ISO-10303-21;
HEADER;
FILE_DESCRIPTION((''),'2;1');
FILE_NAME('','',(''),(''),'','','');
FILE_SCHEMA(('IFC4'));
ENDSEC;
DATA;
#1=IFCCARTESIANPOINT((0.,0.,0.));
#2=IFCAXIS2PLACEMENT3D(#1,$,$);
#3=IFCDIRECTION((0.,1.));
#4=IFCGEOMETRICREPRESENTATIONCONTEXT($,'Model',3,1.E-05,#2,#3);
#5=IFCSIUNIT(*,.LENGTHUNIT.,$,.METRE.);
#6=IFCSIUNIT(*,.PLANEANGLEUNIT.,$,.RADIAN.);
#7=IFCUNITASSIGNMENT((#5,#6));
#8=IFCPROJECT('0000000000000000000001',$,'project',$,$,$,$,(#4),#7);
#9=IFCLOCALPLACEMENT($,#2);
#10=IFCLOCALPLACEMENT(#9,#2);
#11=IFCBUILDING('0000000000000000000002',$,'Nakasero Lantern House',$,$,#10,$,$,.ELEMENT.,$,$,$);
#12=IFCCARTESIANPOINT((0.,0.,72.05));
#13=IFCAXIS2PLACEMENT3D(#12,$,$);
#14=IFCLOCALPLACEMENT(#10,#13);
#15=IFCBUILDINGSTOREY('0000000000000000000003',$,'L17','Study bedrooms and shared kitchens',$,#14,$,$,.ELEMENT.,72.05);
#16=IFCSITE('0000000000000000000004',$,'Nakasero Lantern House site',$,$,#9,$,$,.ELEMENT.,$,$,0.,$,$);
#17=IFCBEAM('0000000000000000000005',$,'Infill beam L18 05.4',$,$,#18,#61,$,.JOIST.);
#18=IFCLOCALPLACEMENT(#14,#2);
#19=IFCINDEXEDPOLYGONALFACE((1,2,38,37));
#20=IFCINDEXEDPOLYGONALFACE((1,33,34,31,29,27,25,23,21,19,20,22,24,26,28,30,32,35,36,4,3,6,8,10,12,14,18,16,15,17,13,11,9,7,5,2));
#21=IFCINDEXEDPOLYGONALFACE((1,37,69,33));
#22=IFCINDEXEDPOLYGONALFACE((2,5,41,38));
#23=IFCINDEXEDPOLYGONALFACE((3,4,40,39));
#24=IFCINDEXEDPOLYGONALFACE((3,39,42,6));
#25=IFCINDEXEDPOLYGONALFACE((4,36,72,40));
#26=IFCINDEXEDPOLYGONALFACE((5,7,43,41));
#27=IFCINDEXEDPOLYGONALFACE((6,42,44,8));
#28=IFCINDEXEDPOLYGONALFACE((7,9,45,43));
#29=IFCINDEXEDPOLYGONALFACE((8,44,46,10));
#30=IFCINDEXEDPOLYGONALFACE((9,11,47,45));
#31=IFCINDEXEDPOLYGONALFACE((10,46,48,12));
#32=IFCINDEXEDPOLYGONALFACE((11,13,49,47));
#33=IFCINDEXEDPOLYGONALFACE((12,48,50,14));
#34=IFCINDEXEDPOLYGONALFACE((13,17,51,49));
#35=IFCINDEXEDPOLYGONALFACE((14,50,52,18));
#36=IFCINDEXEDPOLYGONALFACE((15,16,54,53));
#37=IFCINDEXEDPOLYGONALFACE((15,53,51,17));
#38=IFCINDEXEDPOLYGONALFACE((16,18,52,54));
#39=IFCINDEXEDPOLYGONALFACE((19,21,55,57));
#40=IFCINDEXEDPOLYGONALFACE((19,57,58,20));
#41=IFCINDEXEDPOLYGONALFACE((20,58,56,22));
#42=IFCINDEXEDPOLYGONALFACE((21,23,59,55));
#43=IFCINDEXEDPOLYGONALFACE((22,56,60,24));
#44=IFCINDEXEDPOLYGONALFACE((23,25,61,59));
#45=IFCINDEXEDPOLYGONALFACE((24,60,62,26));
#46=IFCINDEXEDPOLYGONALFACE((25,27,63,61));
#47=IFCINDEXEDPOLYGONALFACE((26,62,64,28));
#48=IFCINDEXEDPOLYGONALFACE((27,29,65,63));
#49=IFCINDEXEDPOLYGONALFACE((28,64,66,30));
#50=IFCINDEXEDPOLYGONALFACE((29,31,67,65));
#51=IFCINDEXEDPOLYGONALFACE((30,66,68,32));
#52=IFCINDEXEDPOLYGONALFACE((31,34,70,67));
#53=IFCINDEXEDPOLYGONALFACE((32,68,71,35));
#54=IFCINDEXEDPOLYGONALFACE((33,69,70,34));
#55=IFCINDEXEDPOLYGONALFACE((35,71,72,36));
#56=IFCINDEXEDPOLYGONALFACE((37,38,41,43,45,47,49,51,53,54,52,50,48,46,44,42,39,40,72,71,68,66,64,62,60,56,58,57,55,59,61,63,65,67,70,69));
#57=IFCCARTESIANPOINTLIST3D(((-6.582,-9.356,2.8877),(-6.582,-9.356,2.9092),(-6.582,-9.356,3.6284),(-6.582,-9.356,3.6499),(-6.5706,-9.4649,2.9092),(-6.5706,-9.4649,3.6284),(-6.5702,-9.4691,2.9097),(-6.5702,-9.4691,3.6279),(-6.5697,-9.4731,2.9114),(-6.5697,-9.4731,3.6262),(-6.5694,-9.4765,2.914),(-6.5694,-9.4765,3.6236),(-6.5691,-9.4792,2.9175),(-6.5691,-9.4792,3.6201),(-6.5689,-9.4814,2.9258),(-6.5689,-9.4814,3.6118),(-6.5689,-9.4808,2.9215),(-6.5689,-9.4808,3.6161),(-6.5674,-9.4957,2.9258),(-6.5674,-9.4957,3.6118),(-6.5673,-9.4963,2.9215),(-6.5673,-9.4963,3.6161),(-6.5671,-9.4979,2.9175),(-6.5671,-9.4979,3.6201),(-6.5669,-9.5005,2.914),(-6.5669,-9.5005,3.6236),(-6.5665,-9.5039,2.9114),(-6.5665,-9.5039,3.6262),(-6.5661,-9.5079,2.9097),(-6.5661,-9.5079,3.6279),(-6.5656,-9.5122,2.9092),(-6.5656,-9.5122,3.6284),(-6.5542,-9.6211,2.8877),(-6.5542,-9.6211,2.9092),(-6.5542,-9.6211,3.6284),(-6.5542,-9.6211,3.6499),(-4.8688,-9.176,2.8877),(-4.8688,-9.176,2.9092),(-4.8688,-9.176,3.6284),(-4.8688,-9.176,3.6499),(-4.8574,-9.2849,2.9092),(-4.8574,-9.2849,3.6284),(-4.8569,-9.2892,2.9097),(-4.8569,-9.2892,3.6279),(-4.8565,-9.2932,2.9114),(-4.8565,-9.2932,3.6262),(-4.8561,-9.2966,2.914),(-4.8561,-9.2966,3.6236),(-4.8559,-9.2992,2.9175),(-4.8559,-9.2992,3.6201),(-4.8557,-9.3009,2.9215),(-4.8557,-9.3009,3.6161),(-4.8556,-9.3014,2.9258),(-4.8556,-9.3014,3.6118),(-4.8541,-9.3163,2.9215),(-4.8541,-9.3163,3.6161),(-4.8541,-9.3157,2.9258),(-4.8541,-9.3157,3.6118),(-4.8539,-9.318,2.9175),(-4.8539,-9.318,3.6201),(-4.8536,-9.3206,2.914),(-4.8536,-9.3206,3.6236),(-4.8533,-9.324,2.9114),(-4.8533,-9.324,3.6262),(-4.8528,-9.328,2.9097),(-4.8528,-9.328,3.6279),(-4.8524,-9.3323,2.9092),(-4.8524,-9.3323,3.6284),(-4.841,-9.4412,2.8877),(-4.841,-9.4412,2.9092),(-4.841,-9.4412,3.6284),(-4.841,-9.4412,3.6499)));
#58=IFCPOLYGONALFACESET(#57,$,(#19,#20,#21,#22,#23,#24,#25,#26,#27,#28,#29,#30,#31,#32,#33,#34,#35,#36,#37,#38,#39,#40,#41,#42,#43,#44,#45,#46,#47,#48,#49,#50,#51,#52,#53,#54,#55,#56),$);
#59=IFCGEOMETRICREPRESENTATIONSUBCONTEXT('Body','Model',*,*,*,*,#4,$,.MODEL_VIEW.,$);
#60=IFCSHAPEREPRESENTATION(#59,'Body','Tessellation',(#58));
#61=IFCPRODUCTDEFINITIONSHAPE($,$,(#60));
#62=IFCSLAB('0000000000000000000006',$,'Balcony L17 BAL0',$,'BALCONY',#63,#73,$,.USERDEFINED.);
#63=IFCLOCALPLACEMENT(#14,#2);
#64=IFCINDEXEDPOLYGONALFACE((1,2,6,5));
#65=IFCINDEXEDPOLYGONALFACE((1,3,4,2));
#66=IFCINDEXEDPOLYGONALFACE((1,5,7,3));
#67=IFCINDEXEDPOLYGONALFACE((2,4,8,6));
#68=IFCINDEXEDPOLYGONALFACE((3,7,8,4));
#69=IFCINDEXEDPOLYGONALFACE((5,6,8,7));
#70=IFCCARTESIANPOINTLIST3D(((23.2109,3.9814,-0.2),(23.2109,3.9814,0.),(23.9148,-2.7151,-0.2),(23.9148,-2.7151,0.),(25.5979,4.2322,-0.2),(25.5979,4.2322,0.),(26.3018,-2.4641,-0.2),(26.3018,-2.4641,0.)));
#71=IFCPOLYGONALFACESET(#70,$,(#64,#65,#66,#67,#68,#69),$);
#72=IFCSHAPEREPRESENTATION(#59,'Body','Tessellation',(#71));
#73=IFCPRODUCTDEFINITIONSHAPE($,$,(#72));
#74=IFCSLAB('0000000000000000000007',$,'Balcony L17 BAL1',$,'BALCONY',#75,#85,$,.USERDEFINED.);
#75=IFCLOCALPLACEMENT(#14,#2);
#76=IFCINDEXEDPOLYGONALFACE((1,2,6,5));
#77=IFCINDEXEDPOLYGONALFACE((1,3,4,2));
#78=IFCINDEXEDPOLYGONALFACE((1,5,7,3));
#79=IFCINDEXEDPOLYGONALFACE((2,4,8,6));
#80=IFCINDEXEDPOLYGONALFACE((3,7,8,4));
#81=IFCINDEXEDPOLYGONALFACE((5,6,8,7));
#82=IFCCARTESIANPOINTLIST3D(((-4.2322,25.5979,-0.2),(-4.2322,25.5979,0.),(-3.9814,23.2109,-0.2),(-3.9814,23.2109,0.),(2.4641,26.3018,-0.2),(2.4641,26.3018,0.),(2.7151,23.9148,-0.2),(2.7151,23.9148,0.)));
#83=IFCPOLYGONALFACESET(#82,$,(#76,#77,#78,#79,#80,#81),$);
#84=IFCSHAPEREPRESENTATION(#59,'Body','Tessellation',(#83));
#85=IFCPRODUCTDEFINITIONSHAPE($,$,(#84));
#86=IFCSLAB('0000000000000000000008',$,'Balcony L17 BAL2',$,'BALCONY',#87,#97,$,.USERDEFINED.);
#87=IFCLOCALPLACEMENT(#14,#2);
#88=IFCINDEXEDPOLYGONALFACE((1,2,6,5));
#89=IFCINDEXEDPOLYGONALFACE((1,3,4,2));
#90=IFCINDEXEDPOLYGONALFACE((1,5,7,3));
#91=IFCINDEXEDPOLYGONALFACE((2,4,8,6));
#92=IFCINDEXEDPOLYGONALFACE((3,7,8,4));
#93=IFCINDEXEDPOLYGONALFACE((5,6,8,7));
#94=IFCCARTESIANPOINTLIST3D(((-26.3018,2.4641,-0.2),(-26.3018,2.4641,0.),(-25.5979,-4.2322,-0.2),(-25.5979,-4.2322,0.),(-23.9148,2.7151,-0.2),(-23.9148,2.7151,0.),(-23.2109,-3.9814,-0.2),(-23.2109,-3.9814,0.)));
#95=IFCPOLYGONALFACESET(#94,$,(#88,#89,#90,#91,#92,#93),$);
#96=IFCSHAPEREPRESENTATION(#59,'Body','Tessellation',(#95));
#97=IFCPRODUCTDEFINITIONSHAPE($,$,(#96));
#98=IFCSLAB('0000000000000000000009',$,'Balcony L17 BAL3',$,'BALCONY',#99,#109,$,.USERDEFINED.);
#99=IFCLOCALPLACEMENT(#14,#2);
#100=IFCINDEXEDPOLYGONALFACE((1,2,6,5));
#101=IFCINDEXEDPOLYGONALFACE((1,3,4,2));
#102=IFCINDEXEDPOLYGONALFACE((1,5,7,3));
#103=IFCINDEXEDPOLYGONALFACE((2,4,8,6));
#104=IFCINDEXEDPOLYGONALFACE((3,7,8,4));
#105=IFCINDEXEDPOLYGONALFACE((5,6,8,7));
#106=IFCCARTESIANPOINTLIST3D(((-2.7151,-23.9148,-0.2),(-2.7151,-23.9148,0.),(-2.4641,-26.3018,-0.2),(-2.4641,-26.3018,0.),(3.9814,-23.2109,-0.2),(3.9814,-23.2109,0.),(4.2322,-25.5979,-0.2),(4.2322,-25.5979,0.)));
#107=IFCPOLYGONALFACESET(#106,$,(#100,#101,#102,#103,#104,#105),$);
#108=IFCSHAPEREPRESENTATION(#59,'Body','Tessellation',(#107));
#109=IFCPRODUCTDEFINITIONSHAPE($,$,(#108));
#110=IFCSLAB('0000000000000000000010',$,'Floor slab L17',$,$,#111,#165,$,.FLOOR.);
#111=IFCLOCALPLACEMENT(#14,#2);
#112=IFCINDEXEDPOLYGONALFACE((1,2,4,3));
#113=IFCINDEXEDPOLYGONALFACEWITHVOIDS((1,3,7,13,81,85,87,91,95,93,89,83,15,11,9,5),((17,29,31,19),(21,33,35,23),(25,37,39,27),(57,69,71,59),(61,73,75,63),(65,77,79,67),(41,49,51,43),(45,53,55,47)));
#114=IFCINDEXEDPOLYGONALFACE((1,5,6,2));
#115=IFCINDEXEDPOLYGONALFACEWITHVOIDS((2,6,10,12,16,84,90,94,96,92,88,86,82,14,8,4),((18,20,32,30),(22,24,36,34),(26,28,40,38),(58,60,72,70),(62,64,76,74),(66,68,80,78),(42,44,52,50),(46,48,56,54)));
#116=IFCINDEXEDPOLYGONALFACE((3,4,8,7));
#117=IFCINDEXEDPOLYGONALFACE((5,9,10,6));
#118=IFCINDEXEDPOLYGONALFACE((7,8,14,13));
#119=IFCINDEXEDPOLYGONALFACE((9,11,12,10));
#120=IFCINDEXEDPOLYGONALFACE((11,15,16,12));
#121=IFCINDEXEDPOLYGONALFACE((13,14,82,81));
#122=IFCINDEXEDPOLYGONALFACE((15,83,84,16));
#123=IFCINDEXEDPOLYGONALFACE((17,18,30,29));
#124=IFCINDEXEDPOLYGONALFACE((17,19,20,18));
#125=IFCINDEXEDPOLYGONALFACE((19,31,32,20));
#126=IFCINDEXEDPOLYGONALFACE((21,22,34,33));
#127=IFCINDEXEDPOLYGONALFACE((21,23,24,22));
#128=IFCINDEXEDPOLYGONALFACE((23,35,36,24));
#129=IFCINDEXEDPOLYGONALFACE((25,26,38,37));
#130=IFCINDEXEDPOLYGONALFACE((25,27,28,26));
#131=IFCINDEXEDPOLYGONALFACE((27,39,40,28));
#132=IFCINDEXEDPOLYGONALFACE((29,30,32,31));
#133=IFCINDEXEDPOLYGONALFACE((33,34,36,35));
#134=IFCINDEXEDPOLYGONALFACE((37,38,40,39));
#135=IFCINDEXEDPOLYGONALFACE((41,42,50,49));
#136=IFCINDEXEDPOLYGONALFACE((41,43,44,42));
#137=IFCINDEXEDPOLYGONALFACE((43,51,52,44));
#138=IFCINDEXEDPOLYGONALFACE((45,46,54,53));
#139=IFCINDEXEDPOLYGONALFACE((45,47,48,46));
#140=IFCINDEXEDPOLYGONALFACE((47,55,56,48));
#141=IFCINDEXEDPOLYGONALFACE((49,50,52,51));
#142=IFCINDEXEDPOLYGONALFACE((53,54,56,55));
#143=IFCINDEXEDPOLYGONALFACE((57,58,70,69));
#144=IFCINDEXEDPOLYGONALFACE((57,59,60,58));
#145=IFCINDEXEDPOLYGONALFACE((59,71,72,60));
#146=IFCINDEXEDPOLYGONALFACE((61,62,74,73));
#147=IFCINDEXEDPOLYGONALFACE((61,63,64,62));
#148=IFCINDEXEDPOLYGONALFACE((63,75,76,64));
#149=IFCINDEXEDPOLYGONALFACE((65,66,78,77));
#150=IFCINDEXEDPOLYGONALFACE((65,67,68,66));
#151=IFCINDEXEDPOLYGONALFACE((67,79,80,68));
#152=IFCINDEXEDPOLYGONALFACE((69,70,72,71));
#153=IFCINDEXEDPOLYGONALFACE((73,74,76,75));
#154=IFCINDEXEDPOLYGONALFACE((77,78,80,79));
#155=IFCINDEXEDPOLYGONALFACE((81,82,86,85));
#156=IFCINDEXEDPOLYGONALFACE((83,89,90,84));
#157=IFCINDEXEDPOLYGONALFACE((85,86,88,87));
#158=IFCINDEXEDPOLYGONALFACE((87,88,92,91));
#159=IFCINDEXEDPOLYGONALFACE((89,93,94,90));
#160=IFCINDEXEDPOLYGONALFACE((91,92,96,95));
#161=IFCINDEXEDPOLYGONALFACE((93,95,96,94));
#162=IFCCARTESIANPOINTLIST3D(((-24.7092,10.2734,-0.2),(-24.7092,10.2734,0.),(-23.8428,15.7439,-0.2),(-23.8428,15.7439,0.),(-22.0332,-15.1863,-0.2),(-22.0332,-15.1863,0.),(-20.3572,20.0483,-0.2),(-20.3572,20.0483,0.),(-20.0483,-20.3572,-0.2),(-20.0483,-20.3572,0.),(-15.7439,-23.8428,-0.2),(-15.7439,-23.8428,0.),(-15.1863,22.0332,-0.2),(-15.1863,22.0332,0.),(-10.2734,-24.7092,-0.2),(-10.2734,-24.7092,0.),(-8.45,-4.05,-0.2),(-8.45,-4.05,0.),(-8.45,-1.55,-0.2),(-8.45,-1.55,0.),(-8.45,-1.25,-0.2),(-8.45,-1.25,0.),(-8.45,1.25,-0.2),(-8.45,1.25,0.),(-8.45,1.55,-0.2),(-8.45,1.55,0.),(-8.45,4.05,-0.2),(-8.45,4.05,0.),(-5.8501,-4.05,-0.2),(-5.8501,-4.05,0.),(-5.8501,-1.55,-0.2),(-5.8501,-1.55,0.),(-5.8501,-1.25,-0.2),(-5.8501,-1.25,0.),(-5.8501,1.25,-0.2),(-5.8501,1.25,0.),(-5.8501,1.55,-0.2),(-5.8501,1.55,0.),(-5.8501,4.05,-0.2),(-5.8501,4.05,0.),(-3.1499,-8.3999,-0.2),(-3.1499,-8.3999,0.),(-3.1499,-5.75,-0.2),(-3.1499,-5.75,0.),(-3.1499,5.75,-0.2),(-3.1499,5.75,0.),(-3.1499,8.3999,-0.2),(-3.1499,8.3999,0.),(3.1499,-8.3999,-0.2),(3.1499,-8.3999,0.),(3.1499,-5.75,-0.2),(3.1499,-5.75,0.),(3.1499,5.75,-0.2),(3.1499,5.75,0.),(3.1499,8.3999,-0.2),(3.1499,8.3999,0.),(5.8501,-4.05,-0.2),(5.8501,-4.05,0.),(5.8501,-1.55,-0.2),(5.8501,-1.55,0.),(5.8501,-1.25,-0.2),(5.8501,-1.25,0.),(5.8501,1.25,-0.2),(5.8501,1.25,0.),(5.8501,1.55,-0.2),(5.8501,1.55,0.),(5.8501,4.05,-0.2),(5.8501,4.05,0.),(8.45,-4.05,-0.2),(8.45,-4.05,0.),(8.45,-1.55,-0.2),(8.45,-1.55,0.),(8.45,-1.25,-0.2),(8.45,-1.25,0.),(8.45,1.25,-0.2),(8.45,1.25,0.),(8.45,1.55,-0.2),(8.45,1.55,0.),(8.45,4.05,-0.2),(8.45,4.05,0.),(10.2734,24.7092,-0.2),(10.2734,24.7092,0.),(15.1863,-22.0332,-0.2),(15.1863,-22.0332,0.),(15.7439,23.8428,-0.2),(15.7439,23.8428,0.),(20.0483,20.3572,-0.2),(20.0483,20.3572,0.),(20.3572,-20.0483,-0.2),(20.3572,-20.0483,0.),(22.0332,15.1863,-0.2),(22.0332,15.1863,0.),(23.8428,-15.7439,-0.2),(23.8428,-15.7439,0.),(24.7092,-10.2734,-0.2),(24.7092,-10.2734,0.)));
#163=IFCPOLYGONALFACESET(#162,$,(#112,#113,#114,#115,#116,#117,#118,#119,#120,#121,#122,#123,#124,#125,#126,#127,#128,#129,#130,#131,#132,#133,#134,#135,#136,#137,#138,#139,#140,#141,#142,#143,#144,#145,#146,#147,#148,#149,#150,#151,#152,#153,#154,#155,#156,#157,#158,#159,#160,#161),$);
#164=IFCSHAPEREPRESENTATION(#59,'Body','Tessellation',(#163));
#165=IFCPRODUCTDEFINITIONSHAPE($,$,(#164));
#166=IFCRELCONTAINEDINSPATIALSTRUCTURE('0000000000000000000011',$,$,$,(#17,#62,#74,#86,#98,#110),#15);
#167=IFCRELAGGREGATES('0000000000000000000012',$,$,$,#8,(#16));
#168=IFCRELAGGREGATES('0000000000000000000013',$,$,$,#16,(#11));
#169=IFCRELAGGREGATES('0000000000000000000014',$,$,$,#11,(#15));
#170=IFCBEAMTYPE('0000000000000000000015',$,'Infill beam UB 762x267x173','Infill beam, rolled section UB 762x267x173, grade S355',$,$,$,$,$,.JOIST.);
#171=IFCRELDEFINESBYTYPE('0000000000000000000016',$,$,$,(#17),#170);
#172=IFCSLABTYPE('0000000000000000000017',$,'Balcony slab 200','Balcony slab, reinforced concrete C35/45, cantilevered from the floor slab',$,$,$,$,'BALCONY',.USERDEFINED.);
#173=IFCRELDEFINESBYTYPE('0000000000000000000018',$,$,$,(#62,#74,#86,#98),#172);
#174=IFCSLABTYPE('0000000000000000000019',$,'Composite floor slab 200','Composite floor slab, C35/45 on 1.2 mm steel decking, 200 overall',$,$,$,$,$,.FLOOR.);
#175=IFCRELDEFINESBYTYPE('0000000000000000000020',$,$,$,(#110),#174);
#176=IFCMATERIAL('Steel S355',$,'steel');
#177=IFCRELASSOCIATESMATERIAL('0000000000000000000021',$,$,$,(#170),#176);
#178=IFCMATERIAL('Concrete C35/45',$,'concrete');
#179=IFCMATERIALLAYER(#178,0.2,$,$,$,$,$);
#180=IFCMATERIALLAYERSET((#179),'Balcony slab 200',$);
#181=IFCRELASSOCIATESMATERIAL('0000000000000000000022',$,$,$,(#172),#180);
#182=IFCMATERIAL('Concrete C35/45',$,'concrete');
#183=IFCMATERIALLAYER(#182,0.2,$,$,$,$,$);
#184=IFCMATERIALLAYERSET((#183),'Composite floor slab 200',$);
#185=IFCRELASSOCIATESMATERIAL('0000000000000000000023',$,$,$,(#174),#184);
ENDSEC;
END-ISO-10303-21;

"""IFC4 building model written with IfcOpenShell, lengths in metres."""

from ifc_helpers import new_model, si_unit, direction, frame, origin, origin_2d, place, context, subcontext, project, spatial, polyline, i_section, outline, extrude, material, layer, layer_set, material_profile, profile_set, type_object, element, save


model = new_model("IFC4")

# Units and contexts
model_context = context("Model", 3, precision=1e-05, world=origin(), true_north=direction((0.0, 1.0)))
body_context = subcontext(model_context, "Body", "Model", "MODEL_VIEW")
ifc_project = project(units=[si_unit("LENGTHUNIT", "METRE"), si_unit("PLANEANGLEUNIT", "RADIAN")], contexts=[model_context])

# Site, building, storey
site_placement = place(None, origin())
site = spatial("IfcSite", under=ifc_project, at=site_placement, Name="Nakasero Lantern House site", CompositionType="ELEMENT", RefElevation=0.0)
building_placement = place(site_placement, origin())
building = spatial("IfcBuilding", under=site, at=building_placement, Name="Nakasero Lantern House", CompositionType="ELEMENT")
storey_placement = place(building_placement, frame((0.0, 0.0, 72.05)))
storey = spatial("IfcBuildingStorey", under=building, at=storey_placement, Name="L17", Description="Study bedrooms and shared kitchens", CompositionType="ELEMENT", Elevation=72.05)

# Beam
ifc_material_1 = material(Name="Steel S355", Category="steel")
ifc_material_profile = material_profile(ifc_material_1, i_section(OverallWidth=0.2666, OverallDepth=0.7622, WebThickness=0.0144, FlangeThickness=0.0215, FilletRadius=0.0166, at=origin_2d()), Name="UB 762x267x173")
ifc_profile_set = profile_set([ifc_material_profile], Name="Steel S355")
beam_type = type_object("IfcBeamType", Name="Infill beam UB 762x267x173", Description="Infill beam, rolled section UB 762x267x173, grade S355", PredefinedType="JOIST", material=ifc_profile_set)
beam_placement = place(storey_placement, frame((-6.5681, -9.4885, 3.2688), z_axis=(0.99453, 0.104456, 0.0), x_axis=(-0.104456, 0.99453, 0.0)))
element("IfcBeam", 1, at=beam_placement, inside=storey, type_object=beam_type, Name="Infill beam L18 05.4", PredefinedType="JOIST", context=body_context, shape_type="SweptSolid", body=[
    extrude(i_section(OverallWidth=0.2666, OverallDepth=0.7622, WebThickness=0.0144, FlangeThickness=0.0215, FilletRadius=0.0166, at=origin_2d()), origin(), (0.0, 0.0, 1.0), 1.7227),
])

# Slabs
ifc_material_2 = material(Name="Concrete C35/45", Category="concrete")
ifc_layer_1 = layer(ifc_material_2, 0.2)
ifc_layer_set_1 = layer_set([ifc_layer_1], Name="Balcony slab 200")
slab_type_1 = type_object("IfcSlabType", Name="Balcony slab 200", Description="Balcony slab, reinforced concrete C35/45, cantilevered from the floor slab", ElementType="BALCONY", PredefinedType="USERDEFINED", material=ifc_layer_set_1)
slab_1_placement = place(storey_placement, frame((0.0, 0.0, -0.2)))
element("IfcSlab", 2, at=slab_1_placement, inside=storey, type_object=slab_type_1, Name="Balcony L17 BAL0", ObjectType="BALCONY", PredefinedType="USERDEFINED", context=body_context, shape_type="SweptSolid", body=[
    extrude(outline(polyline([(23.9148, -2.7151), (26.3018, -2.4641), (25.5979, 4.2322), (23.2109, 3.9814), (23.9148, -2.7151)])), origin(), (0.0, 0.0, 1.0), 0.2),
])
slab_2_placement = place(storey_placement, frame((0.0, 0.0, -0.2)))
element("IfcSlab", 3, at=slab_2_placement, inside=storey, type_object=slab_type_1, Name="Balcony L17 BAL1", ObjectType="BALCONY", PredefinedType="USERDEFINED", context=body_context, shape_type="SweptSolid", body=[
    extrude(outline(polyline([(2.7151, 23.9148), (2.4641, 26.3018), (-4.2322, 25.5979), (-3.9814, 23.2109), (2.7151, 23.9148)])), origin(), (0.0, 0.0, 1.0), 0.2),
])
slab_3_placement = place(storey_placement, frame((0.0, 0.0, -0.2)))
element("IfcSlab", 4, at=slab_3_placement, inside=storey, type_object=slab_type_1, Name="Balcony L17 BAL2", ObjectType="BALCONY", PredefinedType="USERDEFINED", context=body_context, shape_type="SweptSolid", body=[
    extrude(outline(polyline([(-23.9148, 2.7151), (-26.3018, 2.4641), (-25.5979, -4.2322), (-23.2109, -3.9814), (-23.9148, 2.7151)])), origin(), (0.0, 0.0, 1.0), 0.2),
])
slab_4_placement = place(storey_placement, frame((0.0, 0.0, -0.2)))
element("IfcSlab", 5, at=slab_4_placement, inside=storey, type_object=slab_type_1, Name="Balcony L17 BAL3", ObjectType="BALCONY", PredefinedType="USERDEFINED", context=body_context, shape_type="SweptSolid", body=[
    extrude(outline(polyline([(-2.7151, -23.9148), (-2.4641, -26.3018), (4.2322, -25.5979), (3.9814, -23.2109), (-2.7151, -23.9148)])), origin(), (0.0, 0.0, 1.0), 0.2),
])
ifc_material_3 = material(Name="Concrete C35/45", Category="concrete")
ifc_layer_2 = layer(ifc_material_3, 0.2)
ifc_layer_set_2 = layer_set([ifc_layer_2], Name="Composite floor slab 200")
slab_type_2 = type_object("IfcSlabType", Name="Composite floor slab 200", Description="Composite floor slab, C35/45 on 1.2 mm steel decking, 200 overall", PredefinedType="FLOOR", material=ifc_layer_set_2)
slab_5_placement = place(storey_placement, frame((0.0, 0.0, -0.2)))
element("IfcSlab", 6, at=slab_5_placement, inside=storey, type_object=slab_type_2, Name="Floor slab L17", PredefinedType="FLOOR", context=body_context, shape_type="SweptSolid", body=[
    extrude(outline(polyline([(22.0332, 15.1863), (20.0483, 20.3572), (15.7439, 23.8428), (10.2734, 24.7092), (-15.1863, 22.0332), (-20.3572, 20.0483), (-23.8428, 15.7439), (-24.7092, 10.2734), (-22.0332, -15.1863), (-20.0483, -20.3572), (-15.7439, -23.8428), (-10.2734, -24.7092), (15.1863, -22.0332), (20.3572, -20.0483), (23.8428, -15.7439), (24.7092, -10.2734), (22.0332, 15.1863)]), holes=[polyline([(-8.45, -4.05), (-5.8501, -4.05), (-5.8501, -1.55), (-8.45, -1.55), (-8.45, -4.05)]), polyline([(-8.45, -1.25), (-5.8501, -1.25), (-5.8501, 1.25), (-8.45, 1.25), (-8.45, -1.25)]), polyline([(-8.45, 1.55), (-5.8501, 1.55), (-5.8501, 4.05), (-8.45, 4.05), (-8.45, 1.55)]), polyline([(5.8501, -4.05), (8.45, -4.05), (8.45, -1.55), (5.8501, -1.55), (5.8501, -4.05)]), polyline([(5.8501, -1.25), (8.45, -1.25), (8.45, 1.25), (5.8501, 1.25), (5.8501, -1.25)]), polyline([(5.8501, 1.55), (8.45, 1.55), (8.45, 4.05), (5.8501, 4.05), (5.8501, 1.55)]), polyline([(-3.1499, 5.75), (3.1499, 5.75), (3.1499, 8.3999), (-3.1499, 8.3999), (-3.1499, 5.75)]), polyline([(-3.1499, -8.3999), (3.1499, -8.3999), (3.1499, -5.75), (-3.1499, -5.75), (-3.1499, -8.3999)])]), origin(), (0.0, 0.0, 1.0), 0.2),
])

save(model, "model.ifc")
